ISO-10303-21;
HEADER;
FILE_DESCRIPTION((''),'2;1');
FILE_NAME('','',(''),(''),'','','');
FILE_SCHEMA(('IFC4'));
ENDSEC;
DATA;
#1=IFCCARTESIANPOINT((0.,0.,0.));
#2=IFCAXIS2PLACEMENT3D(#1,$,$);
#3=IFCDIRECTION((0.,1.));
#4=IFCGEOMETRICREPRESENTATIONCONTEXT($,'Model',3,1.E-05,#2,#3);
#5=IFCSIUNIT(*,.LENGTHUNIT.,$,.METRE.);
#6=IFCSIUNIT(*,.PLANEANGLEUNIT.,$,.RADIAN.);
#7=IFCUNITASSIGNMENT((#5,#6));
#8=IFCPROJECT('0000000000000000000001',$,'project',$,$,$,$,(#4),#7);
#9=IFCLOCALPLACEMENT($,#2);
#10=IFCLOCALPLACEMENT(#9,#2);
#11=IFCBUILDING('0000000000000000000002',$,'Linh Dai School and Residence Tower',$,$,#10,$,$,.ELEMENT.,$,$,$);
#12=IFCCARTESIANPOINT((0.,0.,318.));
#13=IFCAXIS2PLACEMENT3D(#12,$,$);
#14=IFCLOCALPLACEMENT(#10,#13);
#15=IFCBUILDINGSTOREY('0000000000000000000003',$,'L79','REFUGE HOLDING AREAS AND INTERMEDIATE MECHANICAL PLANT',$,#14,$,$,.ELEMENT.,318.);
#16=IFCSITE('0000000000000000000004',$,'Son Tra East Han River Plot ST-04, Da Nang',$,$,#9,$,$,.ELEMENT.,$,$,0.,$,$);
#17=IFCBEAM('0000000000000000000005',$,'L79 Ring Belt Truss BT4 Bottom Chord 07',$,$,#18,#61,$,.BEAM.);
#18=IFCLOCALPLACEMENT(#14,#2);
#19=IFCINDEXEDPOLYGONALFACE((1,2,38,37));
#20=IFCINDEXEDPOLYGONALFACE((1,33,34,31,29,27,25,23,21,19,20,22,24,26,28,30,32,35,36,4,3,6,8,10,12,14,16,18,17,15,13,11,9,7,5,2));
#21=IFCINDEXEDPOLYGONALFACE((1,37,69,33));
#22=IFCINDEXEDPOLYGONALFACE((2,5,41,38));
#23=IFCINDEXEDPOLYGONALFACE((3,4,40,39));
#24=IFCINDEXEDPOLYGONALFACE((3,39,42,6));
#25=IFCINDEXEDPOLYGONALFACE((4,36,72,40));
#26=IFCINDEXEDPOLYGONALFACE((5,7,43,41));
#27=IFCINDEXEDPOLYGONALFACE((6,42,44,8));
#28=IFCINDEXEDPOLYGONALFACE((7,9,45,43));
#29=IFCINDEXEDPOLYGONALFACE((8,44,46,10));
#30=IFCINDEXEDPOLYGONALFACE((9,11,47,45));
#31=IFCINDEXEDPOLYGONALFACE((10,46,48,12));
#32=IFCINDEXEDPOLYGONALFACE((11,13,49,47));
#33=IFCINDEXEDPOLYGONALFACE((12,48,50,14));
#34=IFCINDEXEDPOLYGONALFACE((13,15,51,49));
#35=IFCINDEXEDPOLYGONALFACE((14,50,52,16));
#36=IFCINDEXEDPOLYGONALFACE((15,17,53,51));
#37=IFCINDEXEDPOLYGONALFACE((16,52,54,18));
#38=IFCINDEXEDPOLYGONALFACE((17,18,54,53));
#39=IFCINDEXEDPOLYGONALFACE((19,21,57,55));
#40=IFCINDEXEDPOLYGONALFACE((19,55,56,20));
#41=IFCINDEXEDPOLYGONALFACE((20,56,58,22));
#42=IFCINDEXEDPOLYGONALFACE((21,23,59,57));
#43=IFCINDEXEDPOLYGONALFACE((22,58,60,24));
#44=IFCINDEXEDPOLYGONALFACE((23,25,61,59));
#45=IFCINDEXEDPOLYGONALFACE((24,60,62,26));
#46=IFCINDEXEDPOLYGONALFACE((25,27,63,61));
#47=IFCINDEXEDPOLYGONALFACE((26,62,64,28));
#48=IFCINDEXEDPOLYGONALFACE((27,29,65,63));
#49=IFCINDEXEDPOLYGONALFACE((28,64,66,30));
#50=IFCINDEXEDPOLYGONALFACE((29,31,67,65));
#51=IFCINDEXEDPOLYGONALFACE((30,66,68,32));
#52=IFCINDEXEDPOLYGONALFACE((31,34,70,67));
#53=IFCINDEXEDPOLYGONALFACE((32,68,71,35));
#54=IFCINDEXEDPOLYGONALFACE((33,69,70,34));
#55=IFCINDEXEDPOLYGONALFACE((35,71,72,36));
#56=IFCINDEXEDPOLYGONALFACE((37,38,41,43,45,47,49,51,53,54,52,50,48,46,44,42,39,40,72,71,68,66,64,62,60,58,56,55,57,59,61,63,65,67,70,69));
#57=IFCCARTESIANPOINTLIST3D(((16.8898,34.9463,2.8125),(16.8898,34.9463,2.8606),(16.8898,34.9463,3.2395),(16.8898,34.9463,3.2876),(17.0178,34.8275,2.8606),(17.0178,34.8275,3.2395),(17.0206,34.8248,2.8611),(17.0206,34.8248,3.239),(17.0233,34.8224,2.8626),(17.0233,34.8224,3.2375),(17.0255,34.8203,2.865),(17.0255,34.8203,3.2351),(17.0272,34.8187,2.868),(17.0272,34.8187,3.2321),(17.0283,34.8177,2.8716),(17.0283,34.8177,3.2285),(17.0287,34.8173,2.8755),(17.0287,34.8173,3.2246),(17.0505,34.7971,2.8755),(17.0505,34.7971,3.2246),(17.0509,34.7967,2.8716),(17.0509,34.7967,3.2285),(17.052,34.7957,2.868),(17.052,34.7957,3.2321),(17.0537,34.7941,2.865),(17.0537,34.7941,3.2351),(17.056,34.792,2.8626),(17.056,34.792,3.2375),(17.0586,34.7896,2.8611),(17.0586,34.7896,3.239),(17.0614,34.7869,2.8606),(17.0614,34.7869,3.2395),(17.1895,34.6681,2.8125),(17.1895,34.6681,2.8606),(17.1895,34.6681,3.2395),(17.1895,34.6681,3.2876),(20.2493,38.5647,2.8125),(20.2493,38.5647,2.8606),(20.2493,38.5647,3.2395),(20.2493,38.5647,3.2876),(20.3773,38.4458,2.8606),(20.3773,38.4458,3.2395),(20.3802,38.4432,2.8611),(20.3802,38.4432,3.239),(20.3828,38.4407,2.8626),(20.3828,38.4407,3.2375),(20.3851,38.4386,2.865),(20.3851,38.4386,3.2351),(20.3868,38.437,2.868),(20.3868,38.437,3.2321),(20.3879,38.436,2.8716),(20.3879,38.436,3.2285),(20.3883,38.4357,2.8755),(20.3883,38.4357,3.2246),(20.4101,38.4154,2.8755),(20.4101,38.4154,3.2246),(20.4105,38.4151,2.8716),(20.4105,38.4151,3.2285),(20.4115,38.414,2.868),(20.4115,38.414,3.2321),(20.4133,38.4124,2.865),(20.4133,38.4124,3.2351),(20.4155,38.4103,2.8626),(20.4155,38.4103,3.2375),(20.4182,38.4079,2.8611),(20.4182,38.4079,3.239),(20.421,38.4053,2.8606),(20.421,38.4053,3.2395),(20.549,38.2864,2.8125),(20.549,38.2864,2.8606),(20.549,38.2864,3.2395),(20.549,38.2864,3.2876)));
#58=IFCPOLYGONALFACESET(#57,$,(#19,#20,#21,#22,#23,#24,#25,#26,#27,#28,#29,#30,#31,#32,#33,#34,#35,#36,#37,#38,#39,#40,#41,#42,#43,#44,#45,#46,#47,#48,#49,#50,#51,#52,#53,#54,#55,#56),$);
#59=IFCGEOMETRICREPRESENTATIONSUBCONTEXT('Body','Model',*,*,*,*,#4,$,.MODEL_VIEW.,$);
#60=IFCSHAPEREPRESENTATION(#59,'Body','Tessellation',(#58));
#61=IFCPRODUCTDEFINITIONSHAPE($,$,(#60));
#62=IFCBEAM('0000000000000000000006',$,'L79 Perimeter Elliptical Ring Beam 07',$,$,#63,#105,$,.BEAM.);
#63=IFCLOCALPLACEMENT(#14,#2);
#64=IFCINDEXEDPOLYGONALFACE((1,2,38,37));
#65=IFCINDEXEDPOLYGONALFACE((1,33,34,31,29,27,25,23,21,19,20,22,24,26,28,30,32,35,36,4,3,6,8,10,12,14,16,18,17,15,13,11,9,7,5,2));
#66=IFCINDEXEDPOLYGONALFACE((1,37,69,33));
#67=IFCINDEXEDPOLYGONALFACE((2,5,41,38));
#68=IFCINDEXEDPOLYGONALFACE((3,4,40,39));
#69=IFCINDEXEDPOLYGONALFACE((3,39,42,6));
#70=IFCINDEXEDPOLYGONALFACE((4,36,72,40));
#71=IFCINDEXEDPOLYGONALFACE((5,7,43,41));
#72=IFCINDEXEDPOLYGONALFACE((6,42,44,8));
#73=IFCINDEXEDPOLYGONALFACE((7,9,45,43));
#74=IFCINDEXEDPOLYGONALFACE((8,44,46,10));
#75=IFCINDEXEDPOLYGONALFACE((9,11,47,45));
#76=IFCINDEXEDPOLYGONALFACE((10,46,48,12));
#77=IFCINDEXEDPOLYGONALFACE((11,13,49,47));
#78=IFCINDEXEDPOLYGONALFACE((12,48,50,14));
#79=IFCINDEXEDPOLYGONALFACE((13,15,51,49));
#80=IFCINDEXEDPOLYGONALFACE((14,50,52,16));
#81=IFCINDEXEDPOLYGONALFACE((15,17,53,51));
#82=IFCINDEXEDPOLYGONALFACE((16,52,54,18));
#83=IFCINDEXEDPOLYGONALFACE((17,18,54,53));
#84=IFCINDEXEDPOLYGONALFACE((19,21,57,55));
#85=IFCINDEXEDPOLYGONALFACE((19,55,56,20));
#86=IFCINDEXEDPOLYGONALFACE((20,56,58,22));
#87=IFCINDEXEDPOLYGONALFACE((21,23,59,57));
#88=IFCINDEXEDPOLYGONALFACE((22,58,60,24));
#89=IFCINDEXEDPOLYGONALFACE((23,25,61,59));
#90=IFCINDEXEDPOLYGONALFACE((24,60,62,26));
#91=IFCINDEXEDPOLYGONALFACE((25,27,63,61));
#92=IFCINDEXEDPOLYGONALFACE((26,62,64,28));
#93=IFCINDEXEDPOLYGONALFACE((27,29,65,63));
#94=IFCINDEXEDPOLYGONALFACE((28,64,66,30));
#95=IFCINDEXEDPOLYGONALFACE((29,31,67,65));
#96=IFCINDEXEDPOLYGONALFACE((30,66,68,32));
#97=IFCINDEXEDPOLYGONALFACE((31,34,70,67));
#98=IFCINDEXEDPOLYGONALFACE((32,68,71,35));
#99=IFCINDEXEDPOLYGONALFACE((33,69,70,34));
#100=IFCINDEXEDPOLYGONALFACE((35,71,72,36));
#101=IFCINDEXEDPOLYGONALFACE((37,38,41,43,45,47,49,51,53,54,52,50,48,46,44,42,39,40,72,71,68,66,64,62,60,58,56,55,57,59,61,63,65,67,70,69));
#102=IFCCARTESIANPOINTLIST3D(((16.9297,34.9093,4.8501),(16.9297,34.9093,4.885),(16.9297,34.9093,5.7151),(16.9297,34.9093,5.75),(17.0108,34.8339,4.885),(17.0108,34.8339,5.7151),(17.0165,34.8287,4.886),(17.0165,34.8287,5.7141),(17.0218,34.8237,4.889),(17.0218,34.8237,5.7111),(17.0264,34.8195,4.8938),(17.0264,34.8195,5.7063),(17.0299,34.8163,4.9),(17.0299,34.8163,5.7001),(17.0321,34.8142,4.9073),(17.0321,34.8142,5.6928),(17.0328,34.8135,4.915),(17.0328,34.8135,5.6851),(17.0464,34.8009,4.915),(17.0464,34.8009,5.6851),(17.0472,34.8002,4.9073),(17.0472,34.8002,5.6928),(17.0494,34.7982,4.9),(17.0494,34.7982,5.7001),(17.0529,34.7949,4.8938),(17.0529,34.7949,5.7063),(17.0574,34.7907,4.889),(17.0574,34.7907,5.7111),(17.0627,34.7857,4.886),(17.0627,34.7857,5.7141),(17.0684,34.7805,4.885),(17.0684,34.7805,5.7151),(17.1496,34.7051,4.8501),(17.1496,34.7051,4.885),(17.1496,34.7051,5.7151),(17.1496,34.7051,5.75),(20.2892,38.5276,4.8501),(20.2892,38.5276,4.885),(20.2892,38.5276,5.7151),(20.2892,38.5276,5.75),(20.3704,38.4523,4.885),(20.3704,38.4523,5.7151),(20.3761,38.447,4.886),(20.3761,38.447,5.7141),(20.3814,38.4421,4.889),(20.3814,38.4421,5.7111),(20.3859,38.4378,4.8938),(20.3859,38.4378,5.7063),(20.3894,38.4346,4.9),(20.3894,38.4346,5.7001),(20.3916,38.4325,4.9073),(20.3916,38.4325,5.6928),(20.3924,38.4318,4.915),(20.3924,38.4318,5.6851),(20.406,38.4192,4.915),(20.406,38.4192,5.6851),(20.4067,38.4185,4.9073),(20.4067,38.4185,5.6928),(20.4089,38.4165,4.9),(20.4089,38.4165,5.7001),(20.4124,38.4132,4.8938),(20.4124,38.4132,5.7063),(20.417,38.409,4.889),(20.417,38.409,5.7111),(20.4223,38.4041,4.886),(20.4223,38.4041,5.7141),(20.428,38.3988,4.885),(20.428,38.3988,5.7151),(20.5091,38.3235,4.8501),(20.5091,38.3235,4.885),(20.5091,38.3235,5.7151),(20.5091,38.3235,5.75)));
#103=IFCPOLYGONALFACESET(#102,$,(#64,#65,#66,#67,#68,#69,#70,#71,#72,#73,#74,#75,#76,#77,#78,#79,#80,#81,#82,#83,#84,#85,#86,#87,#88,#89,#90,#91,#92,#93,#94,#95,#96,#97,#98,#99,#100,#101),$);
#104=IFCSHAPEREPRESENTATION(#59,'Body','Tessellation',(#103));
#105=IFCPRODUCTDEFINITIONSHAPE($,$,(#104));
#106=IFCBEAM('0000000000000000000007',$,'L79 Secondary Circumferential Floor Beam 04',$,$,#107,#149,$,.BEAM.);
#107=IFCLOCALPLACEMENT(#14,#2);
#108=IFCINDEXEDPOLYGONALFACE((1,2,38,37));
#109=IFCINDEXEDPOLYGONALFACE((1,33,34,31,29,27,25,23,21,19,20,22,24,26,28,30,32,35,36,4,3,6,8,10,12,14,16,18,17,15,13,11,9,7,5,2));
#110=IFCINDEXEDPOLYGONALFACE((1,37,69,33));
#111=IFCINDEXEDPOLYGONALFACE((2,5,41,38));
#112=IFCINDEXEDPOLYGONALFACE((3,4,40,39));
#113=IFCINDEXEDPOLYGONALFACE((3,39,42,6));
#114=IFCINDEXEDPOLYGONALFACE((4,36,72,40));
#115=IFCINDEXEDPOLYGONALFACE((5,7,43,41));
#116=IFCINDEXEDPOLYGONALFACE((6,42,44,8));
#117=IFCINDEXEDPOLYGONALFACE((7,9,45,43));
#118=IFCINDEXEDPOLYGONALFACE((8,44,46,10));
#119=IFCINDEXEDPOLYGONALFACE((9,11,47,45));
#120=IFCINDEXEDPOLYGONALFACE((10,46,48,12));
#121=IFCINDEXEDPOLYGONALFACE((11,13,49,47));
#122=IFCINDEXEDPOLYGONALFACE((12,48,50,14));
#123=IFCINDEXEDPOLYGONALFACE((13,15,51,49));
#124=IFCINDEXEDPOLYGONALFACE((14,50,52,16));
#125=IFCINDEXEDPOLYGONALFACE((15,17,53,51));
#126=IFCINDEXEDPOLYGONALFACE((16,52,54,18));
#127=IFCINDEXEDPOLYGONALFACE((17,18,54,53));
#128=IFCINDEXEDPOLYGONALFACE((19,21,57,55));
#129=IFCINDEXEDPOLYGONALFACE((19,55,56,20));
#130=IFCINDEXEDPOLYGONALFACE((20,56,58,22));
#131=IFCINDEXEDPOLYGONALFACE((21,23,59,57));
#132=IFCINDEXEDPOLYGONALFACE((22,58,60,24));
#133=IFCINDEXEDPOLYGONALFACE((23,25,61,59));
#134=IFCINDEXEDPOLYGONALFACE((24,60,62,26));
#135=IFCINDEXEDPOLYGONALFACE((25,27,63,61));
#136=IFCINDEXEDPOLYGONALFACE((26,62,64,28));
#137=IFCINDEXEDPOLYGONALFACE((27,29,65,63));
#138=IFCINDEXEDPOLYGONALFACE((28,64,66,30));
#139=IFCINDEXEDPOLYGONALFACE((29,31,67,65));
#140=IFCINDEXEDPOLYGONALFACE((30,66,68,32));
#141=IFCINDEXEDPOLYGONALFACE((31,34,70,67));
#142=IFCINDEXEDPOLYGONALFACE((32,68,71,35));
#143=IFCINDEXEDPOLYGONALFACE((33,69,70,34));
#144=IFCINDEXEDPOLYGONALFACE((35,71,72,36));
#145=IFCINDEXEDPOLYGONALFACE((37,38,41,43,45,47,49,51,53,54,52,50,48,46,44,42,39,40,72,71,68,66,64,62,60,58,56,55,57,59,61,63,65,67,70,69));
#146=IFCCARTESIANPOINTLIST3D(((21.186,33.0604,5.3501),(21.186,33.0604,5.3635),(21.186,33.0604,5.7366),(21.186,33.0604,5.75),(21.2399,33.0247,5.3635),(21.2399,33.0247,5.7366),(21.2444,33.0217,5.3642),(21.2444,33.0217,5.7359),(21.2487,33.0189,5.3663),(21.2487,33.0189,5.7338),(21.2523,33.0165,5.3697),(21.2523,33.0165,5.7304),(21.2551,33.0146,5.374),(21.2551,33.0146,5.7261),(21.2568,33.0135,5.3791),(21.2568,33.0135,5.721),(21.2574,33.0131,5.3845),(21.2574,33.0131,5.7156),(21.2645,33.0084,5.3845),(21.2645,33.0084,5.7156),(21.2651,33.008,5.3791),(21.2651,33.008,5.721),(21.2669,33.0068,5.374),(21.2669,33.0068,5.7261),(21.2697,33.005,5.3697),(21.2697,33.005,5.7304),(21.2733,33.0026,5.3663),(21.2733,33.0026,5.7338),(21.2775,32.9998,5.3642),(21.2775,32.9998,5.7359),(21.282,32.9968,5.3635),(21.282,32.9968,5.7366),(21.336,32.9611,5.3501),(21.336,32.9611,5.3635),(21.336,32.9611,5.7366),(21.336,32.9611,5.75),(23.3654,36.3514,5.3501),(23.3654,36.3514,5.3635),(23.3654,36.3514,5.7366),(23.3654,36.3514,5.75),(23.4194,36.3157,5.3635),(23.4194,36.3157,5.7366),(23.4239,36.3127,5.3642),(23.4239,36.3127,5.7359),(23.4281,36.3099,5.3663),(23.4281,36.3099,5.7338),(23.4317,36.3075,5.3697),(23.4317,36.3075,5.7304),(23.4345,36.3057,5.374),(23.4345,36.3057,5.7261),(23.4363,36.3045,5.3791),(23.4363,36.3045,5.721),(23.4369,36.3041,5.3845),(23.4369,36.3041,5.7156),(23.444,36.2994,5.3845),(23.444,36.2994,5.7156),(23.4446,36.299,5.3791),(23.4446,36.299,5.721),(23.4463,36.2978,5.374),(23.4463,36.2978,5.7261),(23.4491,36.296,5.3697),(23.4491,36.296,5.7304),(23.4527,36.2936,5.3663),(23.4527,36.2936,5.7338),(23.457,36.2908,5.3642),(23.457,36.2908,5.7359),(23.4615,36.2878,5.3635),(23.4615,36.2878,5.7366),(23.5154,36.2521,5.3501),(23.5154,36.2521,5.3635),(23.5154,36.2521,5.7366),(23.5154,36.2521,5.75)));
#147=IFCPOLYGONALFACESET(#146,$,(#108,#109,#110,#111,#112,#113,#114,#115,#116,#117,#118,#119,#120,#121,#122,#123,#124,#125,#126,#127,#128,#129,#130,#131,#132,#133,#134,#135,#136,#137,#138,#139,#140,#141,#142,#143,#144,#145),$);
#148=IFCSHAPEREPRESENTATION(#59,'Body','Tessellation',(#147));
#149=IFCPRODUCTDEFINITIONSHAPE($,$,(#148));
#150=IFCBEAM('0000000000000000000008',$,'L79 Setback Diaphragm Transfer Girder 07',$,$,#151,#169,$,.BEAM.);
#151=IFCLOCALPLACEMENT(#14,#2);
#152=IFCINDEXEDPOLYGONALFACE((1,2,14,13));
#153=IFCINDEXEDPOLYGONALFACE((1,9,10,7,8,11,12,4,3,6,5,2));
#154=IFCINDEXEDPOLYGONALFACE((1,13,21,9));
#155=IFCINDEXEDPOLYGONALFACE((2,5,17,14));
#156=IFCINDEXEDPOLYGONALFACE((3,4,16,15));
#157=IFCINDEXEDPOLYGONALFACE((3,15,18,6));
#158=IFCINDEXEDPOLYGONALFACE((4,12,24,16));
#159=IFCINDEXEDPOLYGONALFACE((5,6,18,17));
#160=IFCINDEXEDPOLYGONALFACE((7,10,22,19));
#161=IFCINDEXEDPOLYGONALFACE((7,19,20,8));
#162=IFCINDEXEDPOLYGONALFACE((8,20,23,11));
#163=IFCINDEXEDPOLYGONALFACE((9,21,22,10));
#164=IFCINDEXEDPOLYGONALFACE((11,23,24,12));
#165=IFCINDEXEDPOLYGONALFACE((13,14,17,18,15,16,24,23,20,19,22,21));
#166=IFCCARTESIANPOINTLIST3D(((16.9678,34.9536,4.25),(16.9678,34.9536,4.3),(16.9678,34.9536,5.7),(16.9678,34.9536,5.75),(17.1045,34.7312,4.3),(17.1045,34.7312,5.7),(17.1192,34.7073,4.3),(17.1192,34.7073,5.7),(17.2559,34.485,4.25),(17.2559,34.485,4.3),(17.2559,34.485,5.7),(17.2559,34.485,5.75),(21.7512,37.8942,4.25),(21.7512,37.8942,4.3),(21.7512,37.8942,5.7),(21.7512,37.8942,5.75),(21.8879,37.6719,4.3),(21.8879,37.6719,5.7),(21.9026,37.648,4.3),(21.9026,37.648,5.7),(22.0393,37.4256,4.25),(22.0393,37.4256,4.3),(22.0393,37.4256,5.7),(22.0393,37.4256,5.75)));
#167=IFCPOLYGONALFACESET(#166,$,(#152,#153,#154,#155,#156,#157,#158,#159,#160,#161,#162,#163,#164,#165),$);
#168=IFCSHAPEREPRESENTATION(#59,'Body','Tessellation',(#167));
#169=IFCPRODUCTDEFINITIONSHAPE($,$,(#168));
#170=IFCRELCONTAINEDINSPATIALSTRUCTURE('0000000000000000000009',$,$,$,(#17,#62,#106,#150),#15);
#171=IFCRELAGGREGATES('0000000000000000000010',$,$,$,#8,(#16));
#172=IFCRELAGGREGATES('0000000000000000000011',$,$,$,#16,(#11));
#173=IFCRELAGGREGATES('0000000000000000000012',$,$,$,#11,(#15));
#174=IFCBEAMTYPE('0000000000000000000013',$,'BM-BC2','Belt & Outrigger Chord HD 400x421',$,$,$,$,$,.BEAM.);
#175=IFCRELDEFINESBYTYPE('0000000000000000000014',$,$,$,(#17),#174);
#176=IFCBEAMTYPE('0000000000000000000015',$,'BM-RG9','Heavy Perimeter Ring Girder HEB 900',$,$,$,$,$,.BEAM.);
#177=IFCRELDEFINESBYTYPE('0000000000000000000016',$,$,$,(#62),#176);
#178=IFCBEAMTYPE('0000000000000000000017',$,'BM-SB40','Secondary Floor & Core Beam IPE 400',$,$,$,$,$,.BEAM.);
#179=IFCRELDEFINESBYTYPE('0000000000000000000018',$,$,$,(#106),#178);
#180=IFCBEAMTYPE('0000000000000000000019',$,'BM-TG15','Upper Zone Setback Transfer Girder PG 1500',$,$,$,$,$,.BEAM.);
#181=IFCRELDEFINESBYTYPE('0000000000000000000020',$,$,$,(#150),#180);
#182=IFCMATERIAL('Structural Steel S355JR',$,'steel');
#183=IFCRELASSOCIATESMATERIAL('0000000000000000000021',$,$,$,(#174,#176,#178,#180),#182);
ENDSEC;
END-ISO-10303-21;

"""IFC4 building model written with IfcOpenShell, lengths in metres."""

from ifc_helpers import new_model, si_unit, direction, frame, origin, origin_2d, place, context, subcontext, project, spatial, i_section, extrude, material, material_profile, profile_set, type_object, element, save


model = new_model("IFC4")

# Units and contexts
model_context = context("Model", 3, precision=1e-05, world=origin(), true_north=direction((0.0, 1.0)))
body_context = subcontext(model_context, "Body", "Model", "MODEL_VIEW")
ifc_project = project(units=[si_unit("LENGTHUNIT", "METRE"), si_unit("PLANEANGLEUNIT", "RADIAN")], contexts=[model_context])

# Site, building, storey
site_placement = place(None, origin())
site = spatial("IfcSite", under=ifc_project, at=site_placement, Name="Son Tra East Han River Plot ST-04, Da Nang", CompositionType="ELEMENT", RefElevation=0.0)
building_placement = place(site_placement, origin())
building = spatial("IfcBuilding", under=site, at=building_placement, Name="Linh Dai School and Residence Tower", CompositionType="ELEMENT")
storey_placement = place(building_placement, frame((0.0, 0.0, 318.0)))
storey = spatial("IfcBuildingStorey", under=building, at=storey_placement, Name="L79", Description="REFUGE HOLDING AREAS AND INTERMEDIATE MECHANICAL PLANT", CompositionType="ELEMENT", Elevation=318.0)

# Shared definitions
ifc_material_1 = material(Name="Structural Steel S355JR", Category="steel")

# Beams
ifc_material_profile_1 = material_profile(ifc_material_1, i_section(OverallWidth=0.4089, OverallDepth=0.4751, WebThickness=0.0298, FlangeThickness=0.0481, FilletRadius=0.0149, at=origin_2d()), Name="HD 400x421")
ifc_profile_set_1 = profile_set([ifc_material_profile_1], Name="Structural Steel S355JR")
beam_type_1 = type_object("IfcBeamType", Name="BM-BC2", Description="Belt & Outrigger Chord HD 400x421", PredefinedType="BEAM", material=ifc_profile_set_1)
beam_1_placement = place(storey_placement, frame((20.3992, 38.4255, 3.05), z_axis=(-0.680415, -0.732827, 0.0), x_axis=(0.732827, -0.680415, 0.0)))
element("IfcBeam", 1, at=beam_1_placement, inside=storey, type_object=beam_type_1, Name="L79 Ring Belt Truss BT4 Bottom Chord 07", PredefinedType="BEAM", context=body_context, shape_type="SweptSolid", body=[
    extrude(i_section(OverallWidth=0.4089, OverallDepth=0.4751, WebThickness=0.0298, FlangeThickness=0.0481, FilletRadius=0.0149, at=origin_2d()), origin(), (0.0, 0.0, 1.0), 4.9375),
])
ifc_material_profile_2 = material_profile(ifc_material_1, i_section(OverallWidth=0.3, OverallDepth=0.8999, WebThickness=0.0186, FlangeThickness=0.0349, FilletRadius=0.03, at=origin_2d()), Name="HEB 900")
ifc_profile_set_2 = profile_set([ifc_material_profile_2], Name="Structural Steel S355JR")
beam_type_2 = type_object("IfcBeamType", Name="BM-RG9", Description="Heavy Perimeter Ring Girder HEB 900", PredefinedType="BEAM", material=ifc_profile_set_2)
beam_2_placement = place(storey_placement, frame((20.3992, 38.4255, 5.3), z_axis=(-0.680415, -0.732827, 0.0), x_axis=(0.732827, -0.680415, 0.0)))
element("IfcBeam", 2, at=beam_2_placement, inside=storey, type_object=beam_type_2, Name="L79 Perimeter Elliptical Ring Beam 07", PredefinedType="BEAM", context=body_context, shape_type="SweptSolid", body=[
    extrude(i_section(OverallWidth=0.3, OverallDepth=0.8999, WebThickness=0.0186, FlangeThickness=0.0349, FilletRadius=0.03, at=origin_2d()), origin(), (0.0, 0.0, 1.0), 4.9375),
])
ifc_material_profile_3 = material_profile(ifc_material_1, i_section(OverallWidth=0.1799, OverallDepth=0.3999, WebThickness=0.0085, FlangeThickness=0.0134, FilletRadius=0.021, at=origin_2d()), Name="IPE 400")
ifc_profile_set_3 = profile_set([ifc_material_profile_3], Name="Structural Steel S355JR")
beam_type_3 = type_object("IfcBeamType", Name="BM-SB40", Description="Secondary Floor & Core Beam IPE 400", PredefinedType="BEAM", material=ifc_profile_set_3)
beam_3_placement = place(storey_placement, frame((23.4404, 36.3018, 5.55), z_axis=(-0.552143, -0.83375, 0.0), x_axis=(0.83375, -0.552143, 0.0)))
element("IfcBeam", 3, at=beam_3_placement, inside=storey, type_object=beam_type_3, Name="L79 Secondary Circumferential Floor Beam 04", PredefinedType="BEAM", context=body_context, shape_type="SweptSolid", body=[
    extrude(i_section(OverallWidth=0.1799, OverallDepth=0.3999, WebThickness=0.0085, FlangeThickness=0.0134, FilletRadius=0.021, at=origin_2d()), origin(), (0.0, 0.0, 1.0), 3.9473),
])
ifc_material_profile_4 = material_profile(ifc_material_1, i_section(OverallWidth=0.55, OverallDepth=1.5, WebThickness=0.0281, FlangeThickness=0.05, at=origin_2d()), Name="PG 1500x550x28x50")
ifc_profile_set_4 = profile_set([ifc_material_profile_4], Name="Structural Steel S355JR")
beam_type_4 = type_object("IfcBeamType", Name="BM-TG15", Description="Upper Zone Setback Transfer Girder PG 1500", PredefinedType="BEAM", material=ifc_profile_set_4)
beam_4_placement = place(storey_placement, frame((21.8953, 37.6599, 5.0), z_axis=(-0.851896, -0.523712, 0.0), x_axis=(0.523712, -0.851896, 0.0)))
element("IfcBeam", 4, at=beam_4_placement, inside=storey, type_object=beam_type_4, Name="L79 Setback Diaphragm Transfer Girder 07", PredefinedType="BEAM", context=body_context, shape_type="SweptSolid", body=[
    extrude(i_section(OverallWidth=0.55, OverallDepth=1.5, WebThickness=0.0281, FlangeThickness=0.05, at=origin_2d()), origin(), (0.0, 0.0, 1.0), 5.615),
])

save(model, "model.ifc")
